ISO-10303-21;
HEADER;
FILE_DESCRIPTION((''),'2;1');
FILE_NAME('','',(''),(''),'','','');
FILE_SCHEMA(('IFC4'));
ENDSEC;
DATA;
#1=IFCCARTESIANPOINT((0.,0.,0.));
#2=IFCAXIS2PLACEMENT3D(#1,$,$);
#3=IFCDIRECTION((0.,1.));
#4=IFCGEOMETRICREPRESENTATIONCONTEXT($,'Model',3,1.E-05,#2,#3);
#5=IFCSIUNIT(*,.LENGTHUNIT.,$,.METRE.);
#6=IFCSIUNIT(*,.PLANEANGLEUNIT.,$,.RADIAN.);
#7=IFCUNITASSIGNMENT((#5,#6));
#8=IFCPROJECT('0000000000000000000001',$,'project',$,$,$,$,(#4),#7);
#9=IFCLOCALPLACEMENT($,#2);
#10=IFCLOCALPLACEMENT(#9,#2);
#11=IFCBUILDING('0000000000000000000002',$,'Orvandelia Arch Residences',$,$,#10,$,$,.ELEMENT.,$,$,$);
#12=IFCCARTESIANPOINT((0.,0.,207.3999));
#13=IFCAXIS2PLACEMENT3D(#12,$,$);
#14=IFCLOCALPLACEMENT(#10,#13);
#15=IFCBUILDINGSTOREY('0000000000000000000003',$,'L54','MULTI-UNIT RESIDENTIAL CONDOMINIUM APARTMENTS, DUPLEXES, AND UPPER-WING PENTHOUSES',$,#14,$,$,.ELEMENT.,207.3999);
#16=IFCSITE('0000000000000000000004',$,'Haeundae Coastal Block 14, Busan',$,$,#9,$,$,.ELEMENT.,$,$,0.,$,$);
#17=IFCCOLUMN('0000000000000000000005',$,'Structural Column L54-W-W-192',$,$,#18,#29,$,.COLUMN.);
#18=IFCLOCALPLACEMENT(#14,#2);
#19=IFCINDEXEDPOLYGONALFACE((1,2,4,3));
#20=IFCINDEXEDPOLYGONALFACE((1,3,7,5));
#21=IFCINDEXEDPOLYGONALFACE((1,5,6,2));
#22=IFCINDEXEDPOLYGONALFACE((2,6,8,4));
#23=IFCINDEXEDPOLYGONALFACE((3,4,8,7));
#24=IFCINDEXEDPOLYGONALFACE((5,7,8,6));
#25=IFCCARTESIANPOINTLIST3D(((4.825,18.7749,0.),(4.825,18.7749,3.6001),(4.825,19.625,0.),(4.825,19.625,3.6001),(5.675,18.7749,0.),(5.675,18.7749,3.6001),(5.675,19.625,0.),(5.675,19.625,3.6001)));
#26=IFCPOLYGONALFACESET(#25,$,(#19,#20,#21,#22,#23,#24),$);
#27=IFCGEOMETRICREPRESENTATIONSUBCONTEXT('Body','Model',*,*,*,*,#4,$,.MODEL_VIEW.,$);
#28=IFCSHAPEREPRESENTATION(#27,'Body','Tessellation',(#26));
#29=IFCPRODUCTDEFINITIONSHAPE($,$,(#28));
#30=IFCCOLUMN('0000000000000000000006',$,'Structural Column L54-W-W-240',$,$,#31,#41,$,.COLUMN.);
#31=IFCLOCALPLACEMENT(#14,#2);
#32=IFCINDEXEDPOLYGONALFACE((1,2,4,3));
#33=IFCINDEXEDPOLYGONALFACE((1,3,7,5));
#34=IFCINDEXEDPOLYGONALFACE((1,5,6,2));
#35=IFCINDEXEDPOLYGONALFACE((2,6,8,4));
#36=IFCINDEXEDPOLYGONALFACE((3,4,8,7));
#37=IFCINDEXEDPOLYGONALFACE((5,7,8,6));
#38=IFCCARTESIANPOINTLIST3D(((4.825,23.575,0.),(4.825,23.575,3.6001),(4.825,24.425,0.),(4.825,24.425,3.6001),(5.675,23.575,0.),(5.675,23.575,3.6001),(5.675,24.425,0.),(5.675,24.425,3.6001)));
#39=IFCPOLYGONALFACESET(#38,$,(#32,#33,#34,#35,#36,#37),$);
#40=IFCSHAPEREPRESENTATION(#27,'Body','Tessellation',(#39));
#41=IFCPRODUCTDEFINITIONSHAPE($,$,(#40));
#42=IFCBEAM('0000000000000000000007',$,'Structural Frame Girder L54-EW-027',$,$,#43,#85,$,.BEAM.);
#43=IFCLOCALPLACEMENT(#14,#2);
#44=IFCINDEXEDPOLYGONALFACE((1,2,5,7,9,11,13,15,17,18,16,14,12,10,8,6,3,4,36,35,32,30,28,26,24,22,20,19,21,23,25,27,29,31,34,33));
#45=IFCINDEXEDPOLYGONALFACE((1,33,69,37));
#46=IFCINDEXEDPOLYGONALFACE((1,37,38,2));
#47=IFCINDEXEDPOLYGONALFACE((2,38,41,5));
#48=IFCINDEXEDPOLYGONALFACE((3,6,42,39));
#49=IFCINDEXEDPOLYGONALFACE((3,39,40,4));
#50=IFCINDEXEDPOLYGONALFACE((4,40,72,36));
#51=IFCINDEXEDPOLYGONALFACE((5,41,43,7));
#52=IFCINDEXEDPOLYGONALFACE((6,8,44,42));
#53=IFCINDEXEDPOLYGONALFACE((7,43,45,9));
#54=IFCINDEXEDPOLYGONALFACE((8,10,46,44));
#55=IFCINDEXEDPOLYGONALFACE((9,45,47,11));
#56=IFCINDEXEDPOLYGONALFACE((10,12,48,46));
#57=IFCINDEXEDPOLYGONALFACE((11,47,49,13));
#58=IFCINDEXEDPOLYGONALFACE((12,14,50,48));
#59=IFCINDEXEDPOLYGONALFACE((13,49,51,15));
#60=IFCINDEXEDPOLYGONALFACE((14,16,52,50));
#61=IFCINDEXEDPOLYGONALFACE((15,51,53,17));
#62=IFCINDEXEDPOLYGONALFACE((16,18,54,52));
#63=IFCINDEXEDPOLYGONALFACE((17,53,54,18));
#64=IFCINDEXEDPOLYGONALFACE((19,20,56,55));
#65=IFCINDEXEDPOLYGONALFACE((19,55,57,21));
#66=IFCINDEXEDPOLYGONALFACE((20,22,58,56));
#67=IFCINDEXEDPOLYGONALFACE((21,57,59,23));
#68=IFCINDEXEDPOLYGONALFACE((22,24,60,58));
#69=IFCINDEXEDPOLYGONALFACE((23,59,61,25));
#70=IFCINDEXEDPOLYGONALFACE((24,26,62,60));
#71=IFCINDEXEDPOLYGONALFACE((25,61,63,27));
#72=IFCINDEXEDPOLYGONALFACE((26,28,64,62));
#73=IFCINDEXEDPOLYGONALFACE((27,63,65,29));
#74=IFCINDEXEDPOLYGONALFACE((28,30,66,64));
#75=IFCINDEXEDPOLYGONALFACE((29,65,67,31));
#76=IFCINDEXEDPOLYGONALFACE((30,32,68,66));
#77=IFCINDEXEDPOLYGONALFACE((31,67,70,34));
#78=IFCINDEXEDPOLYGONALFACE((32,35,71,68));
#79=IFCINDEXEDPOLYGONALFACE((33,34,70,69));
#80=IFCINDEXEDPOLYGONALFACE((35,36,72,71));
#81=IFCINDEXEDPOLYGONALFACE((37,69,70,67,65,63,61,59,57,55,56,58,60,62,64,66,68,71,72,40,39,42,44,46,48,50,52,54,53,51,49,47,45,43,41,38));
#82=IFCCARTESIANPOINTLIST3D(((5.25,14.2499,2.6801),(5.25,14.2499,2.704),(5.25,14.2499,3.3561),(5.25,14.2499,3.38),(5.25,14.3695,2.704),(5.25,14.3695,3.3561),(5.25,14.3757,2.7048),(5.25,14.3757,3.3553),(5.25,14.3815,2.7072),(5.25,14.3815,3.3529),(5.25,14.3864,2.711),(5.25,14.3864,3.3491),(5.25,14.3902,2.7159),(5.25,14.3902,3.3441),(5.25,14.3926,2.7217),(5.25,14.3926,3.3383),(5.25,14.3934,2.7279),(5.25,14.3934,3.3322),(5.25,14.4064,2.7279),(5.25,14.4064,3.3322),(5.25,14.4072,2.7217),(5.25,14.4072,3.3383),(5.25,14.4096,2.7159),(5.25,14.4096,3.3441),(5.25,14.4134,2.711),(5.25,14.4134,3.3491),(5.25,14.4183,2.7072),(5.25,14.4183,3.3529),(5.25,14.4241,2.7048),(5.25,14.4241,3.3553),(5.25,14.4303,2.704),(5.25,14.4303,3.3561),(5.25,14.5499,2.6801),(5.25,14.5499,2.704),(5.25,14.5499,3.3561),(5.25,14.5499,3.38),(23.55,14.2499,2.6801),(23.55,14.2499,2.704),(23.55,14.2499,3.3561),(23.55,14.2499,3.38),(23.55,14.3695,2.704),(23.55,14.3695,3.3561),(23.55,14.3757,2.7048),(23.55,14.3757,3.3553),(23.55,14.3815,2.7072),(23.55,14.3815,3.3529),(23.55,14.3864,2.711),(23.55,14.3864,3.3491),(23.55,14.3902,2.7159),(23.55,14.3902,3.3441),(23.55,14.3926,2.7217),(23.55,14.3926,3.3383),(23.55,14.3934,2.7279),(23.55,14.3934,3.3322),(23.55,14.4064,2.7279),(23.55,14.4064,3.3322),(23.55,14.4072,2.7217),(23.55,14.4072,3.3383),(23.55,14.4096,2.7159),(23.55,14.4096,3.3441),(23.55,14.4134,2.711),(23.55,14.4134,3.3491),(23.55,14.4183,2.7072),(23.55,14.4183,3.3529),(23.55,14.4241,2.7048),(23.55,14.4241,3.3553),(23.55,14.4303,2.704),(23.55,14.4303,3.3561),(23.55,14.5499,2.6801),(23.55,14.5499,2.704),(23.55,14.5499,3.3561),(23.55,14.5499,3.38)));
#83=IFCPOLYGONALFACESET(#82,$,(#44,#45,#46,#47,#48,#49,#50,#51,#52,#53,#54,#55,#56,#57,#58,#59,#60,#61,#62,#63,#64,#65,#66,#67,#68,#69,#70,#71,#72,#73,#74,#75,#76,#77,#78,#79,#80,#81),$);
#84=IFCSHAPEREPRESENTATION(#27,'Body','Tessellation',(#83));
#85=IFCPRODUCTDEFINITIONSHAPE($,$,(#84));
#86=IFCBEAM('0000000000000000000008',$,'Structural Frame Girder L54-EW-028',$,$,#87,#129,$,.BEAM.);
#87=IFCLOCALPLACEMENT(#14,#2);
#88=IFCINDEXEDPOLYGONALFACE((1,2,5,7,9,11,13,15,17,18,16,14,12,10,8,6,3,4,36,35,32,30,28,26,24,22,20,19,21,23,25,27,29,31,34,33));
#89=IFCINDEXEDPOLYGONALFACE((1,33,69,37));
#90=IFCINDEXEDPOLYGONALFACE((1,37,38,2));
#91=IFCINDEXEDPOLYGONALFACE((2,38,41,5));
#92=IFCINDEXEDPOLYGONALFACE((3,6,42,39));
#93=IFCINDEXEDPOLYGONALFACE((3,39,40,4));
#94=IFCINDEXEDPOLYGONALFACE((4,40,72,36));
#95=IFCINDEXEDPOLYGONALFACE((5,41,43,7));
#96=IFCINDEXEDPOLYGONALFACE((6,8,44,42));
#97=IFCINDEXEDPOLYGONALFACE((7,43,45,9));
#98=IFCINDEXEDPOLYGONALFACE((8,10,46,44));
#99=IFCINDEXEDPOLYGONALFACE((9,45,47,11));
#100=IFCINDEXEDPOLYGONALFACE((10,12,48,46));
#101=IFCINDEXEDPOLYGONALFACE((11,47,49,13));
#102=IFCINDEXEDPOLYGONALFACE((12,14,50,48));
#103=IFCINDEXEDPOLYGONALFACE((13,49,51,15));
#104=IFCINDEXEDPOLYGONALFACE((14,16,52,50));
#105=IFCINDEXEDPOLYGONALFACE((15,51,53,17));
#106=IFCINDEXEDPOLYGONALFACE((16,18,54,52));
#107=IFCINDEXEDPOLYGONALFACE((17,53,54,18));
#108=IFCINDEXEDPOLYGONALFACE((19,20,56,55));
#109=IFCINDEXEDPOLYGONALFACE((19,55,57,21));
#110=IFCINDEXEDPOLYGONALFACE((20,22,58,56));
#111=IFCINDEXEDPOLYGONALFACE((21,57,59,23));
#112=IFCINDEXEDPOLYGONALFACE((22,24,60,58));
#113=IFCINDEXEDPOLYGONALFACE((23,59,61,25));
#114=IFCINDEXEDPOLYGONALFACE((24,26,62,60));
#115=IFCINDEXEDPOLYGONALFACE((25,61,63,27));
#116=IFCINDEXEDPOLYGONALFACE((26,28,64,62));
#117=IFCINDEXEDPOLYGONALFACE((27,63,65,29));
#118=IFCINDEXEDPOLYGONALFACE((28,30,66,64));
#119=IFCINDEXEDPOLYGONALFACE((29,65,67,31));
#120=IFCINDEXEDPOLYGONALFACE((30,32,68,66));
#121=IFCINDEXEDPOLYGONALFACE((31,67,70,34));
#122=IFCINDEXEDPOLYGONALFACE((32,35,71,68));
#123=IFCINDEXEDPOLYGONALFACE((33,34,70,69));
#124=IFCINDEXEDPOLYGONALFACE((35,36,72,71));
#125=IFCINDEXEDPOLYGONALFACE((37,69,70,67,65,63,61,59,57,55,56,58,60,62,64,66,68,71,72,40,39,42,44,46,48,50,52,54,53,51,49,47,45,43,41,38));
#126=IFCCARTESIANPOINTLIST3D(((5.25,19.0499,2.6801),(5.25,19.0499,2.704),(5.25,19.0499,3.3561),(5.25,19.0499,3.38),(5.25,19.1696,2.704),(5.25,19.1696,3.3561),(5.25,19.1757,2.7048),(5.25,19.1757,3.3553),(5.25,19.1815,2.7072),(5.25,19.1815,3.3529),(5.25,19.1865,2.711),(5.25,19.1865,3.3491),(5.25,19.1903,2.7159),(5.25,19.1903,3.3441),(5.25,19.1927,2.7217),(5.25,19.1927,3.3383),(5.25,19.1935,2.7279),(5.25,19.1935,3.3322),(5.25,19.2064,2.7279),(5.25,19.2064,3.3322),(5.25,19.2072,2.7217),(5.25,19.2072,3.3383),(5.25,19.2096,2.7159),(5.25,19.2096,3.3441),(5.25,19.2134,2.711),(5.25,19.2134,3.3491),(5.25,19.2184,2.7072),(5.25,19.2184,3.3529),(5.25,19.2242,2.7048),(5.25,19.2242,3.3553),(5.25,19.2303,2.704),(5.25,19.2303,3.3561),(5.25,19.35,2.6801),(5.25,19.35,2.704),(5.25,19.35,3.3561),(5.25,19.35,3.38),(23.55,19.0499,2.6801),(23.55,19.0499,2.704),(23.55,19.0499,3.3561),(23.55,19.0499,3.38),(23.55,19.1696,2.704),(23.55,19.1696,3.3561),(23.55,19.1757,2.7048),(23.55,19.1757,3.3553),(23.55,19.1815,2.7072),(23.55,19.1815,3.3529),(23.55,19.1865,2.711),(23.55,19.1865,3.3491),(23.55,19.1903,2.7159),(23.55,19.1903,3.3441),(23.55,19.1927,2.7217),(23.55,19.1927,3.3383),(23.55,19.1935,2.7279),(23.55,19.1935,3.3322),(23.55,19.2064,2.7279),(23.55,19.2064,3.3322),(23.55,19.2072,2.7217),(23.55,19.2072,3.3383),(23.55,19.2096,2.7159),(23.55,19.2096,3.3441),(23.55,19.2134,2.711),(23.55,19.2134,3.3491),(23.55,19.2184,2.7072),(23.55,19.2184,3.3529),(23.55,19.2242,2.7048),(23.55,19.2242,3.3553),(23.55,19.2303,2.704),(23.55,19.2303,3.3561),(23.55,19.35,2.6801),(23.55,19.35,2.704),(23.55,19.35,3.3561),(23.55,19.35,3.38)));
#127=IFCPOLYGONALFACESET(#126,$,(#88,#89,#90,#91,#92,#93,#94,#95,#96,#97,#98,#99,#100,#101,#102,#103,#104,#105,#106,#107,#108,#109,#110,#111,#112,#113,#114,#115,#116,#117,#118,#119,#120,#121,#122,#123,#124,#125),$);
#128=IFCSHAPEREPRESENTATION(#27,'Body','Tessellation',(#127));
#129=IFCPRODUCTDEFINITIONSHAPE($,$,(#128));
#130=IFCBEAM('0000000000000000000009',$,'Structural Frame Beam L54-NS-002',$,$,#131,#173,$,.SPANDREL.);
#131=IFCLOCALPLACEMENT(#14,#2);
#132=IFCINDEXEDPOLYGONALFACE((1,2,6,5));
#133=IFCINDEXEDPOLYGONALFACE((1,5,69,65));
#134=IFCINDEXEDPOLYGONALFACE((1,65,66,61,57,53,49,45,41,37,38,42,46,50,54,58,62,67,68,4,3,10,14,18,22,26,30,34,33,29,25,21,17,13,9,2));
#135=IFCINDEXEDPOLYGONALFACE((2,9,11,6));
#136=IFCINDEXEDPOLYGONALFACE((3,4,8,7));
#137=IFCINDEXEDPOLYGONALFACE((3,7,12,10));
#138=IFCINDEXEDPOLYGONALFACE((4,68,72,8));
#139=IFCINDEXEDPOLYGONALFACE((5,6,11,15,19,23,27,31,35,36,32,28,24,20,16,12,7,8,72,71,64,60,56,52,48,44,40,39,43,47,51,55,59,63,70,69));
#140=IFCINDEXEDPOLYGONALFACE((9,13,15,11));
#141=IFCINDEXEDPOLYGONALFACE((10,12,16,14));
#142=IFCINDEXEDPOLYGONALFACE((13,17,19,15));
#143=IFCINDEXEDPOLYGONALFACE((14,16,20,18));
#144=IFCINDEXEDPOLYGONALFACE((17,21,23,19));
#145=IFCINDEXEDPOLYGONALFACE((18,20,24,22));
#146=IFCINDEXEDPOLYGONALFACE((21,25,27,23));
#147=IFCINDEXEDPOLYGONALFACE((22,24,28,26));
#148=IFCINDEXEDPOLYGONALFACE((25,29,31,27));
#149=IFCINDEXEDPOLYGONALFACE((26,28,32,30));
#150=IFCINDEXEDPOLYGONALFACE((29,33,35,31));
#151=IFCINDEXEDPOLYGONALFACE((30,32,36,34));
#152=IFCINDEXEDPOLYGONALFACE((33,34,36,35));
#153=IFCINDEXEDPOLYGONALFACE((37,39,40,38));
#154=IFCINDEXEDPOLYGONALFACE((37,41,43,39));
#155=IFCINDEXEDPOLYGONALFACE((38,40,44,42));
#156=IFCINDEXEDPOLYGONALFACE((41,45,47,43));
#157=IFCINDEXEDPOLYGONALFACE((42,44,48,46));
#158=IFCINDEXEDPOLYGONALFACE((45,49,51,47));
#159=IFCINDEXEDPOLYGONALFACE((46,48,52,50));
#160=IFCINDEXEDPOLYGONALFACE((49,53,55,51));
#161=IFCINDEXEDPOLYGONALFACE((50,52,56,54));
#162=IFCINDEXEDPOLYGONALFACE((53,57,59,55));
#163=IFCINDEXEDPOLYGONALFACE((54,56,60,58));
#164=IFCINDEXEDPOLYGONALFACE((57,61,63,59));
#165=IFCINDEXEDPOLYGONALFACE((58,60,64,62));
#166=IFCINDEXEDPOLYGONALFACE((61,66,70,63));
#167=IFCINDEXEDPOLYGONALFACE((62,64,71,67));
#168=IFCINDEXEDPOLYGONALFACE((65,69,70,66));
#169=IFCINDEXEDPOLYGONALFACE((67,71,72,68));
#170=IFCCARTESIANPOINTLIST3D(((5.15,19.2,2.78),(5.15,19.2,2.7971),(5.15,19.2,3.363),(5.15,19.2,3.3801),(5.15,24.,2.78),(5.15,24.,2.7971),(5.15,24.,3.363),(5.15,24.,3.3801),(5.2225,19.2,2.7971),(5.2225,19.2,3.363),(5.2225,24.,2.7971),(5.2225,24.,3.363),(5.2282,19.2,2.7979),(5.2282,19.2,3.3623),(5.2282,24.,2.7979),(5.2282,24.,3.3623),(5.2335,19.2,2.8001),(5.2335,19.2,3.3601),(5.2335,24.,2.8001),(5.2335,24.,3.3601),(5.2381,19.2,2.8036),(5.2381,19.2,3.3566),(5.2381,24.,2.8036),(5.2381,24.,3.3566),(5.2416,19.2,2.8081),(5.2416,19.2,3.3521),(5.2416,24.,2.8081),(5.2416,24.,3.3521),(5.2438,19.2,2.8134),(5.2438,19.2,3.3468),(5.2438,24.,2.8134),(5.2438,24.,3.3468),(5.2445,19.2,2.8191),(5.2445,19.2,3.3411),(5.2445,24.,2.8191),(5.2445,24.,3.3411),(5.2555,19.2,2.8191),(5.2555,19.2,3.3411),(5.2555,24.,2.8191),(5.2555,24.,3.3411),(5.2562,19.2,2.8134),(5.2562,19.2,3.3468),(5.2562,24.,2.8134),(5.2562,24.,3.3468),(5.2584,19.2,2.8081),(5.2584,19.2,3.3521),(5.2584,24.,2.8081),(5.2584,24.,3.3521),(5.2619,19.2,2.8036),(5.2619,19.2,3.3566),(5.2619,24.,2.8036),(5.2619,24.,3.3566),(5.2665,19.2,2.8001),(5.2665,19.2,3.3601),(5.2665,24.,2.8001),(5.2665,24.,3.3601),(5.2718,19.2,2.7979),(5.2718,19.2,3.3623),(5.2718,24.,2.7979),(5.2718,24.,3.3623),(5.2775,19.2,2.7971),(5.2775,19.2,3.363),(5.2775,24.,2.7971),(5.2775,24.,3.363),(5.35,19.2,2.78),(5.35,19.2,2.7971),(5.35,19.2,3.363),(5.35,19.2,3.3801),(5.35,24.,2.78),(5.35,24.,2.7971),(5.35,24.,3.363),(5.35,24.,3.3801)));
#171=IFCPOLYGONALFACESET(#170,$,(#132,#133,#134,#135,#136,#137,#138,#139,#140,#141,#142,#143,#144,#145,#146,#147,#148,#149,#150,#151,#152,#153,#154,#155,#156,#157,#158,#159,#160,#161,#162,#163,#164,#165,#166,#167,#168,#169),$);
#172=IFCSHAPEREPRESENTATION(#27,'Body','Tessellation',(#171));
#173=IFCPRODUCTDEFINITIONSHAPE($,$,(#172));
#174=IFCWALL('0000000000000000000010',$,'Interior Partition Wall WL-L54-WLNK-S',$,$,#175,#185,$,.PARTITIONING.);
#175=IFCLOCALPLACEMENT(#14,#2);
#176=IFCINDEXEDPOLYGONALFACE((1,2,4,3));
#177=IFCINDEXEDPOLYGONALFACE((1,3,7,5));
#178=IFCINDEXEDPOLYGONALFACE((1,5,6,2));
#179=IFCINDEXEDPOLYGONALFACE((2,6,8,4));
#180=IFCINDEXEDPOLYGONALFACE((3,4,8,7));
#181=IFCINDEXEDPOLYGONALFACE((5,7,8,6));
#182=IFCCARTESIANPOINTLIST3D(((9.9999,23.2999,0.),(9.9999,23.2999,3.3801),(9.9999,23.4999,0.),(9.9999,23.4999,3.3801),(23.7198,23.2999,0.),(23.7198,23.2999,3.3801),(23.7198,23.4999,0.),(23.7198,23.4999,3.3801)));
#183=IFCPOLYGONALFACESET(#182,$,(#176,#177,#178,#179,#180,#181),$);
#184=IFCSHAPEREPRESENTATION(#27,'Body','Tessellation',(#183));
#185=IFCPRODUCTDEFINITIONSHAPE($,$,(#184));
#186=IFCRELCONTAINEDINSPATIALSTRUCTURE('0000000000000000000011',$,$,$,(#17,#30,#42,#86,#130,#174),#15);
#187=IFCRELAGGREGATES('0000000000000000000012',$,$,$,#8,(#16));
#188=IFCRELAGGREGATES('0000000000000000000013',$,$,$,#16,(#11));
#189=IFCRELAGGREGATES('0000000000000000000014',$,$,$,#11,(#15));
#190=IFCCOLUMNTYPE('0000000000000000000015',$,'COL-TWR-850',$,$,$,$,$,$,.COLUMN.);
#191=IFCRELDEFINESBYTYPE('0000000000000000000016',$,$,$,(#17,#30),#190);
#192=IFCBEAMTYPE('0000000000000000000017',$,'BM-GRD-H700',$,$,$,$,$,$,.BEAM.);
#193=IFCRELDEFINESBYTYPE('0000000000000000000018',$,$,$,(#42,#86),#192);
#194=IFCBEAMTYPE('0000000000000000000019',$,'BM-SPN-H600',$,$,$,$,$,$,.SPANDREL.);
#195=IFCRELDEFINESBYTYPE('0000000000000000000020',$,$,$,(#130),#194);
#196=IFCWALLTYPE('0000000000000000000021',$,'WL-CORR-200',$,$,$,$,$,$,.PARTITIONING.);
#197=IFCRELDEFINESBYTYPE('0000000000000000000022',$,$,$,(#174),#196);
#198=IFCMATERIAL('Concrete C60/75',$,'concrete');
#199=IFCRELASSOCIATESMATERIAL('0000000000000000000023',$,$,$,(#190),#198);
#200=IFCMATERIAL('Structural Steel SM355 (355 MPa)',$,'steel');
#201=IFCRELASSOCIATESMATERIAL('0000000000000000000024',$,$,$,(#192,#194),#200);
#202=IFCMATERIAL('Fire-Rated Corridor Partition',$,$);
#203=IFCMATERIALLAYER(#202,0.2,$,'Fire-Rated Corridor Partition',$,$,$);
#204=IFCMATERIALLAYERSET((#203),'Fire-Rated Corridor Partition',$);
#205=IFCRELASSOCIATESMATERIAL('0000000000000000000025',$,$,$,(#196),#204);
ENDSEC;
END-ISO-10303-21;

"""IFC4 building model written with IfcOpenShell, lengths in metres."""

from ifc_helpers import new_model, si_unit, direction, frame, frame_2d, origin, origin_2d, place, context, subcontext, project, spatial, rectangle, i_section, extrude, material, layer, layer_set, material_profile, profile_set, type_object, element, save


model = new_model("IFC4")

# Units and contexts
model_context = context("Model", 3, precision=1e-05, world=origin(), true_north=direction((0.0, 1.0)))
body_context = subcontext(model_context, "Body", "Model", "MODEL_VIEW")
ifc_project = project(units=[si_unit("LENGTHUNIT", "METRE"), si_unit("PLANEANGLEUNIT", "RADIAN")], contexts=[model_context])

# Site, building, storey
site_placement = place(None, origin())
site = spatial("IfcSite", under=ifc_project, at=site_placement, Name="Haeundae Coastal Block 14, Busan", CompositionType="ELEMENT", RefElevation=0.0)
building_placement = place(site_placement, origin())
building = spatial("IfcBuilding", under=site, at=building_placement, Name="Orvandelia Arch Residences", CompositionType="ELEMENT")
storey_placement = place(building_placement, frame((0.0, 0.0, 207.3999)))
storey = spatial("IfcBuildingStorey", under=building, at=storey_placement, Name="L54", Description="MULTI-UNIT RESIDENTIAL CONDOMINIUM APARTMENTS, DUPLEXES, AND UPPER-WING PENTHOUSES", CompositionType="ELEMENT", Elevation=207.3999)

# Columns
ifc_material_1 = material(Name="Concrete C60/75", Category="concrete")
ifc_material_profile_1 = material_profile(ifc_material_1, rectangle(XDim=0.8501, YDim=0.8501, at=origin_2d()), Name="Concrete C60/75", Category="concrete")
ifc_profile_set_1 = profile_set([ifc_material_profile_1], Name="Concrete C60/75")
column_type = type_object("IfcColumnType", Name="COL-TWR-850", PredefinedType="COLUMN", material=ifc_profile_set_1)
for number, where, z_axis, x_axis, name in (
    (1, (5.25, 19.2, 0.0), (0.0, 0.0, 1.0), (1.0, 0.0, 0.0), "Structural Column L54-W-W-192"),
    (2, (5.25, 24.0, 0.0), (0.0, 0.0, 1.0), (1.0, 0.0, 0.0), "Structural Column L54-W-W-240"),
):
    element("IfcColumn", number, at=place(storey_placement, frame(where, z_axis=z_axis, x_axis=x_axis)), inside=storey, type_object=column_type, Name=name, PredefinedType="COLUMN", context=body_context, shape_type="SweptSolid", body=[
        extrude(rectangle(XDim=0.8501, YDim=0.8501, at=origin_2d()), origin(), (0.0, 0.0, 1.0), 3.6001),
    ])

# Beams
ifc_material_2 = material(Name="Structural Steel SM355 (355 MPa)", Category="steel")
ifc_material_profile_2 = material_profile(ifc_material_2, i_section(OverallWidth=0.3, OverallDepth=0.7, WebThickness=0.0129, FlangeThickness=0.0239, FilletRadius=0.0239, at=origin_2d()), Name="Structural Steel SM355 (355 MPa)", Category="steel")
ifc_profile_set_2 = profile_set([ifc_material_profile_2], Name="Structural Steel SM355 (355 MPa)")
beam_type_1 = type_object("IfcBeamType", Name="BM-GRD-H700", PredefinedType="BEAM", material=ifc_profile_set_2)
for number, where, z_axis, x_axis, name in (
    (3, (5.25, 14.3999, 3.03), (1.0, 0.0, 0.0), (0.0, 1.0, 0.0), "Structural Frame Girder L54-EW-027"),
    (4, (5.25, 19.2, 3.03), (1.0, 0.0, 0.0), (0.0, 1.0, 0.0), "Structural Frame Girder L54-EW-028"),
):
    element("IfcBeam", number, at=place(storey_placement, frame(where, z_axis=z_axis, x_axis=x_axis)), inside=storey, type_object=beam_type_1, Name=name, PredefinedType="BEAM", context=body_context, shape_type="SweptSolid", body=[
        extrude(i_section(OverallWidth=0.3, OverallDepth=0.7, WebThickness=0.0129, FlangeThickness=0.0239, FilletRadius=0.0239, at=origin_2d()), origin(), (0.0, 0.0, 1.0), 18.3),
    ])
ifc_material_profile_3 = material_profile(ifc_material_2, i_section(OverallWidth=0.2, OverallDepth=0.6001, WebThickness=0.011, FlangeThickness=0.0171, FilletRadius=0.022, at=origin_2d()), Name="Structural Steel SM355 (355 MPa)", Category="steel")
ifc_profile_set_3 = profile_set([ifc_material_profile_3], Name="Structural Steel SM355 (355 MPa)")
beam_type_2 = type_object("IfcBeamType", Name="BM-SPN-H600", PredefinedType="SPANDREL", material=ifc_profile_set_3)
beam_placement = place(storey_placement, frame((5.25, 19.2, 3.0801), z_axis=(0.0, 1.0, 0.0), x_axis=(-1.0, 0.0, 0.0)))
element("IfcBeam", 5, at=beam_placement, inside=storey, type_object=beam_type_2, Name="Structural Frame Beam L54-NS-002", PredefinedType="SPANDREL", context=body_context, shape_type="SweptSolid", body=[
    extrude(i_section(OverallWidth=0.2, OverallDepth=0.6001, WebThickness=0.011, FlangeThickness=0.0171, FilletRadius=0.022, at=origin_2d()), origin(), (0.0, 0.0, 1.0), 4.8),
])

# Wall
ifc_material_3 = material(Name="Fire-Rated Corridor Partition")
ifc_layer_1 = layer(ifc_material_3, 0.2, Name="Fire-Rated Corridor Partition")
ifc_layer_set_1 = layer_set([ifc_layer_1], Name="Fire-Rated Corridor Partition")
wall_type_1 = type_object("IfcWallType", Name="WL-CORR-200", PredefinedType="PARTITIONING", material=ifc_layer_set_1)
wall_1_placement = place(storey_placement, frame((10.0, 23.3999, 0.0), z_axis=(0.0, 0.0, 1.0), x_axis=(1.0, 0.0, 0.0)))
element("IfcWall", 6, at=wall_1_placement, inside=storey, type_object=wall_type_1, Name="Interior Partition Wall WL-L54-WLNK-S", PredefinedType="PARTITIONING", context=body_context, shape_type="SweptSolid", body=[
    extrude(rectangle(XDim=13.72, YDim=0.2, at=frame_2d((6.8599, 0.0))), origin(), (0.0, 0.0, 1.0), 3.3801),
])

save(model, "model.ifc")
